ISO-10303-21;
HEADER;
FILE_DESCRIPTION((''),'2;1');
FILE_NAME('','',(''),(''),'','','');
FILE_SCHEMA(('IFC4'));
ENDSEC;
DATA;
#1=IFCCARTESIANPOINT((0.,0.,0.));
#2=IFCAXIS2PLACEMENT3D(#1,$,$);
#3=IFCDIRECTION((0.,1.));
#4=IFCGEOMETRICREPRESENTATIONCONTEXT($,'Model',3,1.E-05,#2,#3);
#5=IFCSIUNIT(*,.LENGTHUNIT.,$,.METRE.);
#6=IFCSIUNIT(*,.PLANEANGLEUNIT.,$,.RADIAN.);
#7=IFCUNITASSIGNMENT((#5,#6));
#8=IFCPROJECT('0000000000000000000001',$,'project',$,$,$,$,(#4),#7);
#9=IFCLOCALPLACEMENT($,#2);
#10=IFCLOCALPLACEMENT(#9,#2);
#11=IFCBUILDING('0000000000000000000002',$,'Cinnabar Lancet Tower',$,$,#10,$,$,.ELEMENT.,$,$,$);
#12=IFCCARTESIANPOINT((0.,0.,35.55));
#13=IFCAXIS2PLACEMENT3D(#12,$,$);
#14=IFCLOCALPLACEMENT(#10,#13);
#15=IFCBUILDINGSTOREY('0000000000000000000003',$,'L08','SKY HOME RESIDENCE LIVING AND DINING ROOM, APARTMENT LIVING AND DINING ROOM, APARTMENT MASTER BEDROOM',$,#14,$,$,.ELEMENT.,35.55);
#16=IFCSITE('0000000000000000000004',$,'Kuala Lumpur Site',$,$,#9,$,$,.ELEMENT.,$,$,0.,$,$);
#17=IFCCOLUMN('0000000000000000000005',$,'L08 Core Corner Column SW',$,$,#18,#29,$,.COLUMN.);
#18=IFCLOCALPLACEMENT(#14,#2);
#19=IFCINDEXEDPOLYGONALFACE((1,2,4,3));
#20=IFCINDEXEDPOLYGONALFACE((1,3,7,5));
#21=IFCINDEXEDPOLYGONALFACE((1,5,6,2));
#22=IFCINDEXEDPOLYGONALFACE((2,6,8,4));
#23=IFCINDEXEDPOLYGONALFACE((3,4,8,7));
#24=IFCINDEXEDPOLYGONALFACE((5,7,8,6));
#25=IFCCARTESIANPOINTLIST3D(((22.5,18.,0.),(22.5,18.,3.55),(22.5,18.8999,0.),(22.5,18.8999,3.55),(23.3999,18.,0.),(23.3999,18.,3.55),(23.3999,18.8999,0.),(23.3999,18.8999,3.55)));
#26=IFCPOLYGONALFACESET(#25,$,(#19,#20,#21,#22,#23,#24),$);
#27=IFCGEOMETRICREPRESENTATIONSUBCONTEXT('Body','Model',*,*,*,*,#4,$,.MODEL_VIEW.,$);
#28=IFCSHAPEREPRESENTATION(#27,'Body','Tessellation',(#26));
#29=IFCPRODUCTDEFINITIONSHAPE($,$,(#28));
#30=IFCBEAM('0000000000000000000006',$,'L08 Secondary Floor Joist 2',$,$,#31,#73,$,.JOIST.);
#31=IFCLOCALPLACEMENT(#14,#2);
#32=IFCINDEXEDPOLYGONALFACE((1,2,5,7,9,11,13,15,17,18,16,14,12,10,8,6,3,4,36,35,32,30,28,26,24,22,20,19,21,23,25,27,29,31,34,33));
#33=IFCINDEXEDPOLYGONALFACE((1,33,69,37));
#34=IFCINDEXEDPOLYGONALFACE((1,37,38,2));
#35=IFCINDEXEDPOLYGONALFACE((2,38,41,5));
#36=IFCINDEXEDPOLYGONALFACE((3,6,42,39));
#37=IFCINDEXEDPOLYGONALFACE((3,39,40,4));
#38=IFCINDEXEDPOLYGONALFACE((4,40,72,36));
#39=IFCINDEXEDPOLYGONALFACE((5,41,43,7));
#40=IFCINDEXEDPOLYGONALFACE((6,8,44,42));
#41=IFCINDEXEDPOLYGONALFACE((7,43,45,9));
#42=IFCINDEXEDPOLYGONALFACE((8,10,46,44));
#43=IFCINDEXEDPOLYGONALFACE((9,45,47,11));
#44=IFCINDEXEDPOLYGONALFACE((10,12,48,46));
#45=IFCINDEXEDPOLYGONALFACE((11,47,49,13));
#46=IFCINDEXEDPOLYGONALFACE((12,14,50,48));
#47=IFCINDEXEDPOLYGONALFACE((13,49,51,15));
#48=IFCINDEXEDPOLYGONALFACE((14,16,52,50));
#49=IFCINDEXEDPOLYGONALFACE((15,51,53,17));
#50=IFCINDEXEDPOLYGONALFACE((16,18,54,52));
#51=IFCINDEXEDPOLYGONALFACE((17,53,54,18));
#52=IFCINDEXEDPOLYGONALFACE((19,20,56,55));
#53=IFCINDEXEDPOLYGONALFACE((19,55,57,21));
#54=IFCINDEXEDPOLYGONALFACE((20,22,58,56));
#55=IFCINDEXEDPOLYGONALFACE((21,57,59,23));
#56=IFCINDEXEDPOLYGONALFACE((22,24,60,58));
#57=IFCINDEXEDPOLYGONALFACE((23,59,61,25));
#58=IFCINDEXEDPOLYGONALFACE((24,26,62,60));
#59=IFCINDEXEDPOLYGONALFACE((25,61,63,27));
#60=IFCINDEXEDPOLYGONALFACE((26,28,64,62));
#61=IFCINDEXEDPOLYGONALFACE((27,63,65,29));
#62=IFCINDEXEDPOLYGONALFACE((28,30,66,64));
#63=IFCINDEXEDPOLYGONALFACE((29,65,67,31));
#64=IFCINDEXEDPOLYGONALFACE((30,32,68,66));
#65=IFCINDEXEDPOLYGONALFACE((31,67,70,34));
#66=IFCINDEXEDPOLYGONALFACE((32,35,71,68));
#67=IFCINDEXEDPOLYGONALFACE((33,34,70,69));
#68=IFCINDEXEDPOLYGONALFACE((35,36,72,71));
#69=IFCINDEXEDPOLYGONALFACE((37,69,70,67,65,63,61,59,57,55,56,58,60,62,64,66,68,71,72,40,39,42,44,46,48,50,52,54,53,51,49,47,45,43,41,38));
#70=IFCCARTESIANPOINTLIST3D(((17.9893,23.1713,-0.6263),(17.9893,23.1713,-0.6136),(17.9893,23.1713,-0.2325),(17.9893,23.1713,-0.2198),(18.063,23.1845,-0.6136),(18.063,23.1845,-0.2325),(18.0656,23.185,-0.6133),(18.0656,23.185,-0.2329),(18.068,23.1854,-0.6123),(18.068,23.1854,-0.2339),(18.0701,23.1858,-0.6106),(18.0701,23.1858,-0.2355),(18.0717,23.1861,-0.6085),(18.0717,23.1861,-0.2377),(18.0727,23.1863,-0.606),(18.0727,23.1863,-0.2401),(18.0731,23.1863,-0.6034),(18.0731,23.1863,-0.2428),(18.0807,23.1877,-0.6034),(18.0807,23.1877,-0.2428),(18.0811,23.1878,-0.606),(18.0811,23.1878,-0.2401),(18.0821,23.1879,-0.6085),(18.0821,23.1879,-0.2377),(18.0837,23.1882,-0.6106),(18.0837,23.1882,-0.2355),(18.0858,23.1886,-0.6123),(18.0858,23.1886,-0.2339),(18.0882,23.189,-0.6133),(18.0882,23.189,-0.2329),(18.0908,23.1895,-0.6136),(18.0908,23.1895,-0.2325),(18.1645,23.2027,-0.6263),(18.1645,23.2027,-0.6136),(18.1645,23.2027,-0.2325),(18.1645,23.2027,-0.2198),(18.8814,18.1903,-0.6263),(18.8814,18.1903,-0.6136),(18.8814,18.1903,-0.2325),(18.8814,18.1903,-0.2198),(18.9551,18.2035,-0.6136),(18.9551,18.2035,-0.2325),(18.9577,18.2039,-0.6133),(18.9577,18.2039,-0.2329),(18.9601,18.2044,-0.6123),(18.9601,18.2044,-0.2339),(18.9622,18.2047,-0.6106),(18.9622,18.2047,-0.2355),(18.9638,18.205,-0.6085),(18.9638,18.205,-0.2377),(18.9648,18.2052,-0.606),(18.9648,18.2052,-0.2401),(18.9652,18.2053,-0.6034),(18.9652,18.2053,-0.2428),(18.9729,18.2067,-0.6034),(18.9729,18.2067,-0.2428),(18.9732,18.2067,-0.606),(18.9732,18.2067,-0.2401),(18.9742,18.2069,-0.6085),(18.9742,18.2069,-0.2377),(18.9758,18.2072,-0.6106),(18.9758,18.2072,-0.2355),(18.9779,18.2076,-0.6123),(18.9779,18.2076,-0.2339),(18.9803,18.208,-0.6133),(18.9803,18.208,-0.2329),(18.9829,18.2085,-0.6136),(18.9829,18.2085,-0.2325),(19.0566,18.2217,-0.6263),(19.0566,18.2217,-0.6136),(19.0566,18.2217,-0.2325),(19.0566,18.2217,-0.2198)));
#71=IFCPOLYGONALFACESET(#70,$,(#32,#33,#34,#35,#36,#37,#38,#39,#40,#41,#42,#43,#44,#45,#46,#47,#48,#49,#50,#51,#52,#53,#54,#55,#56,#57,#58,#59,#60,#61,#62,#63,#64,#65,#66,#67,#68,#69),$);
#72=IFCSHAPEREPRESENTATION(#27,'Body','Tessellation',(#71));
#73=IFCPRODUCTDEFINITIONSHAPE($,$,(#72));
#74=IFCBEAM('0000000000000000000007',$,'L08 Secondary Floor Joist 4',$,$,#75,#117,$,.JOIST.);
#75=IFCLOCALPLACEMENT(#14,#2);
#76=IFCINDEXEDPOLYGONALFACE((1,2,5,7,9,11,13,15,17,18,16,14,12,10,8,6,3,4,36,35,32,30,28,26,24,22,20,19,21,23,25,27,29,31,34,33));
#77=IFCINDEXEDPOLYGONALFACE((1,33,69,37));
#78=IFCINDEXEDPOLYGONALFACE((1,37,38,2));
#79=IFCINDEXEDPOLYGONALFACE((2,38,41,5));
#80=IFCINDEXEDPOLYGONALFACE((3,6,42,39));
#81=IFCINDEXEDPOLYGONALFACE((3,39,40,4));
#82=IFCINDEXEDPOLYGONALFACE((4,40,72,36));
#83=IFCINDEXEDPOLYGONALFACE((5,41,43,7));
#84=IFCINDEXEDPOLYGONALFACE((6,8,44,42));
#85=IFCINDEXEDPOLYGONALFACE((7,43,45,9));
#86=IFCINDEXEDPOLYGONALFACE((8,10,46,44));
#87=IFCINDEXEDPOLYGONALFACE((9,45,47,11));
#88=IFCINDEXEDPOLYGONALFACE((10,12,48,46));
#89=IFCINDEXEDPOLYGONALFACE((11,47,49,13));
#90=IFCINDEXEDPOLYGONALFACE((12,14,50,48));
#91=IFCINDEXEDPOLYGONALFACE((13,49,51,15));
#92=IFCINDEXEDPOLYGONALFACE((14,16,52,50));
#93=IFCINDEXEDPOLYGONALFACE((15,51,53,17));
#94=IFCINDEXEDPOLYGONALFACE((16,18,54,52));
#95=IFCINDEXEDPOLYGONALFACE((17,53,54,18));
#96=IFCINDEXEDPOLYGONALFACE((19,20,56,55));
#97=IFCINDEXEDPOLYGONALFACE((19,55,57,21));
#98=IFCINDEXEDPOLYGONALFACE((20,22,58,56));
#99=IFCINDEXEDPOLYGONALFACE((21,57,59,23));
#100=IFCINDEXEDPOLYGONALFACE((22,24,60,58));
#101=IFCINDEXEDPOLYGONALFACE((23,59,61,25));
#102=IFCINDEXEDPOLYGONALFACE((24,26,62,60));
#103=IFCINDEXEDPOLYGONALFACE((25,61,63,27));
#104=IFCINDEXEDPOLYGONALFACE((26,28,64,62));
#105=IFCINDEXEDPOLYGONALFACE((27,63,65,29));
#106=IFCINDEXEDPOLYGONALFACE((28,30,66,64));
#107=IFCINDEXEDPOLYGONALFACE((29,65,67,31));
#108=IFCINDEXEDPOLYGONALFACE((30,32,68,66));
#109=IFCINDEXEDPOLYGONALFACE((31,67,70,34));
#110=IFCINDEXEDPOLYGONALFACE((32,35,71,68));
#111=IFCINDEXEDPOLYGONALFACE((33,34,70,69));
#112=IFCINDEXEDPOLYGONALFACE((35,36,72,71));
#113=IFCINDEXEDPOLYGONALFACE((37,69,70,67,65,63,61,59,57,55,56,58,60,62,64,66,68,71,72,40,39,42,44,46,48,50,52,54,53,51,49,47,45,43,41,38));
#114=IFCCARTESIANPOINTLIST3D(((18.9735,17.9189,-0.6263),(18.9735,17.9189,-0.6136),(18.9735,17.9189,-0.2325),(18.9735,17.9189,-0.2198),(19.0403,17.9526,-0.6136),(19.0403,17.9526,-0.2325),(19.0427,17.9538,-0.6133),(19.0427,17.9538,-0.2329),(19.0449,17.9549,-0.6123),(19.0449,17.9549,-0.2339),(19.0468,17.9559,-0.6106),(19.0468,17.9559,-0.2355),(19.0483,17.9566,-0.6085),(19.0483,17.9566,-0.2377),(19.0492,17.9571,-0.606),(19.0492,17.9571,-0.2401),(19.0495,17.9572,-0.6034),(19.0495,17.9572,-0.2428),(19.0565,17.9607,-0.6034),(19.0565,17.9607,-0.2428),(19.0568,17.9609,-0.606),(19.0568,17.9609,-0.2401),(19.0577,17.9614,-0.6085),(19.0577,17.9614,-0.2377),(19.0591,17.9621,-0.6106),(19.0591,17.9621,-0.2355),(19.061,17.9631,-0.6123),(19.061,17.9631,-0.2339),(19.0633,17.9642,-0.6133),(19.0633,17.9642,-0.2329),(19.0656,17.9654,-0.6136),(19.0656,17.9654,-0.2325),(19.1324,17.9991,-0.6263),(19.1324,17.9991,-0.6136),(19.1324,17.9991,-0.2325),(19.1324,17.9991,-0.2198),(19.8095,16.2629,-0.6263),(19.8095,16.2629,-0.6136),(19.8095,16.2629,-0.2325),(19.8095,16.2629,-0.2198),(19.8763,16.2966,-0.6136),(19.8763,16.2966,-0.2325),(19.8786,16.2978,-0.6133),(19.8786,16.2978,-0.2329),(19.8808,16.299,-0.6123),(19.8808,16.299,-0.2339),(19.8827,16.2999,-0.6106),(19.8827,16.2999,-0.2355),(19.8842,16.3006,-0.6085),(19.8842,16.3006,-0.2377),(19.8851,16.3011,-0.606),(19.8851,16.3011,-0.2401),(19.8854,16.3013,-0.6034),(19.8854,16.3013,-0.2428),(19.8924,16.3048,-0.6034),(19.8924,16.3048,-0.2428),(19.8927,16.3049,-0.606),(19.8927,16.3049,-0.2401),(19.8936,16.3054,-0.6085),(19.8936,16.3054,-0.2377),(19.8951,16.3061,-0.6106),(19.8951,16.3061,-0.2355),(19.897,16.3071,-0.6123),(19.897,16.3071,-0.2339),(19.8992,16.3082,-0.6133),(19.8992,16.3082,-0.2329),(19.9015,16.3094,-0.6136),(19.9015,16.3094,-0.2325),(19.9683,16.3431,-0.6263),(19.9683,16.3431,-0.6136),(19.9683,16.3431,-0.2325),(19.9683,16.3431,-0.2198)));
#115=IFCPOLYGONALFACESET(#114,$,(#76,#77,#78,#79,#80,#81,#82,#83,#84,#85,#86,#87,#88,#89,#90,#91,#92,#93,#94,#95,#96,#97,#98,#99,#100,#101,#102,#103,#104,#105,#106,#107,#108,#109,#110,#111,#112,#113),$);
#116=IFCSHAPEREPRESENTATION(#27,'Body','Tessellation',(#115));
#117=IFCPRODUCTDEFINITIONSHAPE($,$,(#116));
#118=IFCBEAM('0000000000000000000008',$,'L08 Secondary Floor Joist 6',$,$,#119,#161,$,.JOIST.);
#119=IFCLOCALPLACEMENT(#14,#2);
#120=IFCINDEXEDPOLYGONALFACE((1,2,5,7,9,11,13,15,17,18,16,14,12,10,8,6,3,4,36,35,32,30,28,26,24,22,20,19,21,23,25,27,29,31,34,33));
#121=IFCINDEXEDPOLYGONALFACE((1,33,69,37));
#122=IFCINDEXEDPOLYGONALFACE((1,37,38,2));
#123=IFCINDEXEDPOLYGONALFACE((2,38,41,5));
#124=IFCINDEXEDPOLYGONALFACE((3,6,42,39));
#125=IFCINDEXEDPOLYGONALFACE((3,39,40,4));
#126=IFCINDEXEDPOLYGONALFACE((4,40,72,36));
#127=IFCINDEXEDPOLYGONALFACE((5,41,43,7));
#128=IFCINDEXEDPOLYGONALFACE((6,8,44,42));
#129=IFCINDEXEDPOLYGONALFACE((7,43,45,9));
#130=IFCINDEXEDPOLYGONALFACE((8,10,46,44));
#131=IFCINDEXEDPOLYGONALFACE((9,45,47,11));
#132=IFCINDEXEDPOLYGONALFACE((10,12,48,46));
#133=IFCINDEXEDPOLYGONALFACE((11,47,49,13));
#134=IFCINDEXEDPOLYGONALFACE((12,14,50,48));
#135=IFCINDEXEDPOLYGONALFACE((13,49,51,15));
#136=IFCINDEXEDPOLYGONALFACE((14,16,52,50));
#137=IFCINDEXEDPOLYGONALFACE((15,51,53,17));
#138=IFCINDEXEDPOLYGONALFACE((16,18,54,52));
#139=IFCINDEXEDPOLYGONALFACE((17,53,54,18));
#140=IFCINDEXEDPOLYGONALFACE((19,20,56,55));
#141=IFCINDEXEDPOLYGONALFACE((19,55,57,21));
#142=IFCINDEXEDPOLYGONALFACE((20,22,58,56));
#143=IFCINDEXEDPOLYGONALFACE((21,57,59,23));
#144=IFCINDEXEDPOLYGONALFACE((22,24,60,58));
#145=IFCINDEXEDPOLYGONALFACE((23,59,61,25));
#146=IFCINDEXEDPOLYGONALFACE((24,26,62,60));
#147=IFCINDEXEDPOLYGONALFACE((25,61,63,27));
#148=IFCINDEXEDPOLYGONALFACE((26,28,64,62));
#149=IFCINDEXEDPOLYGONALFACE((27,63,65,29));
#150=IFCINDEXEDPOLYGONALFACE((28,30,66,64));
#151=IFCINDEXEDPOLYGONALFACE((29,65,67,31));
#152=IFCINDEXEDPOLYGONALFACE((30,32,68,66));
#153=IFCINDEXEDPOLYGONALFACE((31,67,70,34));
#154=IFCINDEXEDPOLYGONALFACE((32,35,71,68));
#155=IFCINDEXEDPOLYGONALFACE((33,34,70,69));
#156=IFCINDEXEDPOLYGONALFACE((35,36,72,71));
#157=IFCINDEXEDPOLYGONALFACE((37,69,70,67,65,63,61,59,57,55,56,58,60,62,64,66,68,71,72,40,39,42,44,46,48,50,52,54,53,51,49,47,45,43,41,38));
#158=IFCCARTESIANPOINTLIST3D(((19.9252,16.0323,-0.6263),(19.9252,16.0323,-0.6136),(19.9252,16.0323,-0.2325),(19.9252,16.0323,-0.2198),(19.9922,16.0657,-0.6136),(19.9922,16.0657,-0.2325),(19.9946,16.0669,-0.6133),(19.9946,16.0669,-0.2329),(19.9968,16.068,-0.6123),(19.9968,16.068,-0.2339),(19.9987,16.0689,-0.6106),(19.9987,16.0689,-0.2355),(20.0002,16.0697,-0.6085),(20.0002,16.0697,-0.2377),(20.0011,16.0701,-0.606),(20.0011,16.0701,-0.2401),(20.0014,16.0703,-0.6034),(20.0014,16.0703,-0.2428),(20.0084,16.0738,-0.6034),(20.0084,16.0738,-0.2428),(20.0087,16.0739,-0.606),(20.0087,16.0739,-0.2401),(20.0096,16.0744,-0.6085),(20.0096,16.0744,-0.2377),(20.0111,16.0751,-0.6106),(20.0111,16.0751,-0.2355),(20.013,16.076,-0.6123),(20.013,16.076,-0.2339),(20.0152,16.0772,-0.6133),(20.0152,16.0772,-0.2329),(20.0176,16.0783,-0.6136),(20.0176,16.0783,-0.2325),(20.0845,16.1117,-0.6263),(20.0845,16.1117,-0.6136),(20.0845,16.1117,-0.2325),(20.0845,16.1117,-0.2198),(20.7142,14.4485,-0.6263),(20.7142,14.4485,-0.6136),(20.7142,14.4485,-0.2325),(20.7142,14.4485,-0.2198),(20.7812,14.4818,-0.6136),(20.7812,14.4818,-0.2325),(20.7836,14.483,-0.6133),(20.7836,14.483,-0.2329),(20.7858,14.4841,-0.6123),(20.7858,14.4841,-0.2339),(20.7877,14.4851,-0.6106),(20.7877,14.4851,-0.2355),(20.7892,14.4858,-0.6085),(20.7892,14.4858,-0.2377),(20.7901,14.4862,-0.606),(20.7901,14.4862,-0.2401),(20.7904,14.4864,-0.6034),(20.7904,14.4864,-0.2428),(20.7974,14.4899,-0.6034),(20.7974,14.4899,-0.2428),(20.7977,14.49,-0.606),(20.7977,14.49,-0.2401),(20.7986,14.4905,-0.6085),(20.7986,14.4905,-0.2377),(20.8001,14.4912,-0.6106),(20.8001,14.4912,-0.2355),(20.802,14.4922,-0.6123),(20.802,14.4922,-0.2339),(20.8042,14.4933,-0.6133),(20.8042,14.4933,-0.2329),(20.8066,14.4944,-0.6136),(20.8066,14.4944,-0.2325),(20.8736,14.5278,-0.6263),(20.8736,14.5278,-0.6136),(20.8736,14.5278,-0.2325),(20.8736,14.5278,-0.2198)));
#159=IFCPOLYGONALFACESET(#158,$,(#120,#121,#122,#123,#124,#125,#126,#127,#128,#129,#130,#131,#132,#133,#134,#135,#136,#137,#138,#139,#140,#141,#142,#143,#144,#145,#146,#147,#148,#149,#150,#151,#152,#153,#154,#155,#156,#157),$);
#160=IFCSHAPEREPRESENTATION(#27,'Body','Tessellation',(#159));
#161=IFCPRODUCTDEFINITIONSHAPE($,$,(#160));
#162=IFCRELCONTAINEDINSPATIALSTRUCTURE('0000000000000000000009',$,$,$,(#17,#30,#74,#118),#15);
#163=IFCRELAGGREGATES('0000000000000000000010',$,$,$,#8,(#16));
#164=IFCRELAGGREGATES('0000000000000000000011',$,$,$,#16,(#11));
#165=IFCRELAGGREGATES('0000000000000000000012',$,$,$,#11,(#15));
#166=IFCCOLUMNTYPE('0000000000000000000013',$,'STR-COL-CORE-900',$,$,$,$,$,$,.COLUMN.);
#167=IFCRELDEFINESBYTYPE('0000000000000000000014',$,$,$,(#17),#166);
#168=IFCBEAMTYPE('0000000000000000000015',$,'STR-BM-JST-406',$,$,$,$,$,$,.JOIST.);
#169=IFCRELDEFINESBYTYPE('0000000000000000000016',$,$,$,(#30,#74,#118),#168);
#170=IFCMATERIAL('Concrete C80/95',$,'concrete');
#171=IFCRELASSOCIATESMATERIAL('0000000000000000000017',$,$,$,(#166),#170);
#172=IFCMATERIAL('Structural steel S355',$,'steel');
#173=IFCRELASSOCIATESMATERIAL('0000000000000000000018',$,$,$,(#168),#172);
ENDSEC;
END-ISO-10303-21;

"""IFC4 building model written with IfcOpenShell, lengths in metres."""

from ifc_helpers import new_model, si_unit, direction, frame, origin, origin_2d, place, context, subcontext, project, spatial, rectangle, i_section, extrude, material, material_profile, profile_set, type_object, element, save


model = new_model("IFC4")

# Units and contexts
model_context = context("Model", 3, precision=1e-05, world=origin(), true_north=direction((0.0, 1.0)))
body_context = subcontext(model_context, "Body", "Model", "MODEL_VIEW")
ifc_project = project(units=[si_unit("LENGTHUNIT", "METRE"), si_unit("PLANEANGLEUNIT", "RADIAN")], contexts=[model_context])

# Site, building, storey
site_placement = place(None, origin())
site = spatial("IfcSite", under=ifc_project, at=site_placement, Name="Kuala Lumpur Site", CompositionType="ELEMENT", RefElevation=0.0)
building_placement = place(site_placement, origin())
building = spatial("IfcBuilding", under=site, at=building_placement, Name="Cinnabar Lancet Tower", CompositionType="ELEMENT")
storey_placement = place(building_placement, frame((0.0, 0.0, 35.55)))
storey = spatial("IfcBuildingStorey", under=building, at=storey_placement, Name="L08", Description="SKY HOME RESIDENCE LIVING AND DINING ROOM, APARTMENT LIVING AND DINING ROOM, APARTMENT MASTER BEDROOM", CompositionType="ELEMENT", Elevation=35.55)

# Column
ifc_material_1 = material(Name="Concrete C80/95", Category="concrete")
ifc_material_profile_1 = material_profile(ifc_material_1, rectangle(XDim=0.8999, YDim=0.8999, at=origin_2d()), Name="RC-COL 900x900")
ifc_profile_set_1 = profile_set([ifc_material_profile_1], Name="Concrete C80/95")
column_type = type_object("IfcColumnType", Name="STR-COL-CORE-900", PredefinedType="COLUMN", material=ifc_profile_set_1)
column_placement = place(storey_placement, frame((22.95, 18.45, 0.0), z_axis=(0.0, 0.0, 1.0), x_axis=(1.0, 0.0, 0.0)))
element("IfcColumn", 1, at=column_placement, inside=storey, type_object=column_type, Name="L08 Core Corner Column SW", PredefinedType="COLUMN", context=body_context, shape_type="SweptSolid", body=[
    extrude(rectangle(XDim=0.8999, YDim=0.8999, at=origin_2d()), origin(), (0.0, 0.0, 1.0), 3.55),
])

# Beams
ifc_material_2 = material(Name="Structural steel S355", Category="steel")
ifc_material_profile_2 = material_profile(ifc_material_2, i_section(OverallWidth=0.178, OverallDepth=0.4065, WebThickness=0.0078, FlangeThickness=0.0127, FilletRadius=0.0103, at=origin_2d()), Name="UKB 406x178x60")
ifc_profile_set_2 = profile_set([ifc_material_profile_2], Name="Structural steel S355")
beam_type = type_object("IfcBeamType", Name="STR-BM-JST-406", PredefinedType="JOIST", material=ifc_profile_set_2)
beam_1_placement = place(storey_placement, frame((18.0769, 23.187, -0.4231), z_axis=(0.176295, -0.984337, 0.0), x_axis=(0.984337, 0.176295, 0.0)))
element("IfcBeam", 2, at=beam_1_placement, inside=storey, type_object=beam_type, Name="L08 Secondary Floor Joist 2", PredefinedType="JOIST", context=body_context, shape_type="SweptSolid", body=[
    extrude(i_section(OverallWidth=0.178, OverallDepth=0.4065, WebThickness=0.0078, FlangeThickness=0.0127, FilletRadius=0.0103, at=origin_2d()), origin(), (0.0, 0.0, 1.0), 5.0603),
])
beam_2_placement = place(storey_placement, frame((19.053, 17.959, -0.4231), z_axis=(0.450632, -0.89271, 0.0), x_axis=(0.89271, 0.450632, 0.0)))
element("IfcBeam", 3, at=beam_2_placement, inside=storey, type_object=beam_type, Name="L08 Secondary Floor Joist 4", PredefinedType="JOIST", context=body_context, shape_type="SweptSolid", body=[
    extrude(i_section(OverallWidth=0.178, OverallDepth=0.4065, WebThickness=0.0078, FlangeThickness=0.0127, FilletRadius=0.0103, at=origin_2d()), origin(), (0.0, 0.0, 1.0), 1.855),
])
beam_3_placement = place(storey_placement, frame((20.0049, 16.072, -0.4231), z_axis=(0.445889, -0.895088, 0.0), x_axis=(0.895088, 0.445889, 0.0)))
element("IfcBeam", 4, at=beam_3_placement, inside=storey, type_object=beam_type, Name="L08 Secondary Floor Joist 6", PredefinedType="JOIST", context=body_context, shape_type="SweptSolid", body=[
    extrude(i_section(OverallWidth=0.178, OverallDepth=0.4065, WebThickness=0.0078, FlangeThickness=0.0127, FilletRadius=0.0103, at=origin_2d()), origin(), (0.0, 0.0, 1.0), 1.7695),
])

save(model, "model.ifc")
